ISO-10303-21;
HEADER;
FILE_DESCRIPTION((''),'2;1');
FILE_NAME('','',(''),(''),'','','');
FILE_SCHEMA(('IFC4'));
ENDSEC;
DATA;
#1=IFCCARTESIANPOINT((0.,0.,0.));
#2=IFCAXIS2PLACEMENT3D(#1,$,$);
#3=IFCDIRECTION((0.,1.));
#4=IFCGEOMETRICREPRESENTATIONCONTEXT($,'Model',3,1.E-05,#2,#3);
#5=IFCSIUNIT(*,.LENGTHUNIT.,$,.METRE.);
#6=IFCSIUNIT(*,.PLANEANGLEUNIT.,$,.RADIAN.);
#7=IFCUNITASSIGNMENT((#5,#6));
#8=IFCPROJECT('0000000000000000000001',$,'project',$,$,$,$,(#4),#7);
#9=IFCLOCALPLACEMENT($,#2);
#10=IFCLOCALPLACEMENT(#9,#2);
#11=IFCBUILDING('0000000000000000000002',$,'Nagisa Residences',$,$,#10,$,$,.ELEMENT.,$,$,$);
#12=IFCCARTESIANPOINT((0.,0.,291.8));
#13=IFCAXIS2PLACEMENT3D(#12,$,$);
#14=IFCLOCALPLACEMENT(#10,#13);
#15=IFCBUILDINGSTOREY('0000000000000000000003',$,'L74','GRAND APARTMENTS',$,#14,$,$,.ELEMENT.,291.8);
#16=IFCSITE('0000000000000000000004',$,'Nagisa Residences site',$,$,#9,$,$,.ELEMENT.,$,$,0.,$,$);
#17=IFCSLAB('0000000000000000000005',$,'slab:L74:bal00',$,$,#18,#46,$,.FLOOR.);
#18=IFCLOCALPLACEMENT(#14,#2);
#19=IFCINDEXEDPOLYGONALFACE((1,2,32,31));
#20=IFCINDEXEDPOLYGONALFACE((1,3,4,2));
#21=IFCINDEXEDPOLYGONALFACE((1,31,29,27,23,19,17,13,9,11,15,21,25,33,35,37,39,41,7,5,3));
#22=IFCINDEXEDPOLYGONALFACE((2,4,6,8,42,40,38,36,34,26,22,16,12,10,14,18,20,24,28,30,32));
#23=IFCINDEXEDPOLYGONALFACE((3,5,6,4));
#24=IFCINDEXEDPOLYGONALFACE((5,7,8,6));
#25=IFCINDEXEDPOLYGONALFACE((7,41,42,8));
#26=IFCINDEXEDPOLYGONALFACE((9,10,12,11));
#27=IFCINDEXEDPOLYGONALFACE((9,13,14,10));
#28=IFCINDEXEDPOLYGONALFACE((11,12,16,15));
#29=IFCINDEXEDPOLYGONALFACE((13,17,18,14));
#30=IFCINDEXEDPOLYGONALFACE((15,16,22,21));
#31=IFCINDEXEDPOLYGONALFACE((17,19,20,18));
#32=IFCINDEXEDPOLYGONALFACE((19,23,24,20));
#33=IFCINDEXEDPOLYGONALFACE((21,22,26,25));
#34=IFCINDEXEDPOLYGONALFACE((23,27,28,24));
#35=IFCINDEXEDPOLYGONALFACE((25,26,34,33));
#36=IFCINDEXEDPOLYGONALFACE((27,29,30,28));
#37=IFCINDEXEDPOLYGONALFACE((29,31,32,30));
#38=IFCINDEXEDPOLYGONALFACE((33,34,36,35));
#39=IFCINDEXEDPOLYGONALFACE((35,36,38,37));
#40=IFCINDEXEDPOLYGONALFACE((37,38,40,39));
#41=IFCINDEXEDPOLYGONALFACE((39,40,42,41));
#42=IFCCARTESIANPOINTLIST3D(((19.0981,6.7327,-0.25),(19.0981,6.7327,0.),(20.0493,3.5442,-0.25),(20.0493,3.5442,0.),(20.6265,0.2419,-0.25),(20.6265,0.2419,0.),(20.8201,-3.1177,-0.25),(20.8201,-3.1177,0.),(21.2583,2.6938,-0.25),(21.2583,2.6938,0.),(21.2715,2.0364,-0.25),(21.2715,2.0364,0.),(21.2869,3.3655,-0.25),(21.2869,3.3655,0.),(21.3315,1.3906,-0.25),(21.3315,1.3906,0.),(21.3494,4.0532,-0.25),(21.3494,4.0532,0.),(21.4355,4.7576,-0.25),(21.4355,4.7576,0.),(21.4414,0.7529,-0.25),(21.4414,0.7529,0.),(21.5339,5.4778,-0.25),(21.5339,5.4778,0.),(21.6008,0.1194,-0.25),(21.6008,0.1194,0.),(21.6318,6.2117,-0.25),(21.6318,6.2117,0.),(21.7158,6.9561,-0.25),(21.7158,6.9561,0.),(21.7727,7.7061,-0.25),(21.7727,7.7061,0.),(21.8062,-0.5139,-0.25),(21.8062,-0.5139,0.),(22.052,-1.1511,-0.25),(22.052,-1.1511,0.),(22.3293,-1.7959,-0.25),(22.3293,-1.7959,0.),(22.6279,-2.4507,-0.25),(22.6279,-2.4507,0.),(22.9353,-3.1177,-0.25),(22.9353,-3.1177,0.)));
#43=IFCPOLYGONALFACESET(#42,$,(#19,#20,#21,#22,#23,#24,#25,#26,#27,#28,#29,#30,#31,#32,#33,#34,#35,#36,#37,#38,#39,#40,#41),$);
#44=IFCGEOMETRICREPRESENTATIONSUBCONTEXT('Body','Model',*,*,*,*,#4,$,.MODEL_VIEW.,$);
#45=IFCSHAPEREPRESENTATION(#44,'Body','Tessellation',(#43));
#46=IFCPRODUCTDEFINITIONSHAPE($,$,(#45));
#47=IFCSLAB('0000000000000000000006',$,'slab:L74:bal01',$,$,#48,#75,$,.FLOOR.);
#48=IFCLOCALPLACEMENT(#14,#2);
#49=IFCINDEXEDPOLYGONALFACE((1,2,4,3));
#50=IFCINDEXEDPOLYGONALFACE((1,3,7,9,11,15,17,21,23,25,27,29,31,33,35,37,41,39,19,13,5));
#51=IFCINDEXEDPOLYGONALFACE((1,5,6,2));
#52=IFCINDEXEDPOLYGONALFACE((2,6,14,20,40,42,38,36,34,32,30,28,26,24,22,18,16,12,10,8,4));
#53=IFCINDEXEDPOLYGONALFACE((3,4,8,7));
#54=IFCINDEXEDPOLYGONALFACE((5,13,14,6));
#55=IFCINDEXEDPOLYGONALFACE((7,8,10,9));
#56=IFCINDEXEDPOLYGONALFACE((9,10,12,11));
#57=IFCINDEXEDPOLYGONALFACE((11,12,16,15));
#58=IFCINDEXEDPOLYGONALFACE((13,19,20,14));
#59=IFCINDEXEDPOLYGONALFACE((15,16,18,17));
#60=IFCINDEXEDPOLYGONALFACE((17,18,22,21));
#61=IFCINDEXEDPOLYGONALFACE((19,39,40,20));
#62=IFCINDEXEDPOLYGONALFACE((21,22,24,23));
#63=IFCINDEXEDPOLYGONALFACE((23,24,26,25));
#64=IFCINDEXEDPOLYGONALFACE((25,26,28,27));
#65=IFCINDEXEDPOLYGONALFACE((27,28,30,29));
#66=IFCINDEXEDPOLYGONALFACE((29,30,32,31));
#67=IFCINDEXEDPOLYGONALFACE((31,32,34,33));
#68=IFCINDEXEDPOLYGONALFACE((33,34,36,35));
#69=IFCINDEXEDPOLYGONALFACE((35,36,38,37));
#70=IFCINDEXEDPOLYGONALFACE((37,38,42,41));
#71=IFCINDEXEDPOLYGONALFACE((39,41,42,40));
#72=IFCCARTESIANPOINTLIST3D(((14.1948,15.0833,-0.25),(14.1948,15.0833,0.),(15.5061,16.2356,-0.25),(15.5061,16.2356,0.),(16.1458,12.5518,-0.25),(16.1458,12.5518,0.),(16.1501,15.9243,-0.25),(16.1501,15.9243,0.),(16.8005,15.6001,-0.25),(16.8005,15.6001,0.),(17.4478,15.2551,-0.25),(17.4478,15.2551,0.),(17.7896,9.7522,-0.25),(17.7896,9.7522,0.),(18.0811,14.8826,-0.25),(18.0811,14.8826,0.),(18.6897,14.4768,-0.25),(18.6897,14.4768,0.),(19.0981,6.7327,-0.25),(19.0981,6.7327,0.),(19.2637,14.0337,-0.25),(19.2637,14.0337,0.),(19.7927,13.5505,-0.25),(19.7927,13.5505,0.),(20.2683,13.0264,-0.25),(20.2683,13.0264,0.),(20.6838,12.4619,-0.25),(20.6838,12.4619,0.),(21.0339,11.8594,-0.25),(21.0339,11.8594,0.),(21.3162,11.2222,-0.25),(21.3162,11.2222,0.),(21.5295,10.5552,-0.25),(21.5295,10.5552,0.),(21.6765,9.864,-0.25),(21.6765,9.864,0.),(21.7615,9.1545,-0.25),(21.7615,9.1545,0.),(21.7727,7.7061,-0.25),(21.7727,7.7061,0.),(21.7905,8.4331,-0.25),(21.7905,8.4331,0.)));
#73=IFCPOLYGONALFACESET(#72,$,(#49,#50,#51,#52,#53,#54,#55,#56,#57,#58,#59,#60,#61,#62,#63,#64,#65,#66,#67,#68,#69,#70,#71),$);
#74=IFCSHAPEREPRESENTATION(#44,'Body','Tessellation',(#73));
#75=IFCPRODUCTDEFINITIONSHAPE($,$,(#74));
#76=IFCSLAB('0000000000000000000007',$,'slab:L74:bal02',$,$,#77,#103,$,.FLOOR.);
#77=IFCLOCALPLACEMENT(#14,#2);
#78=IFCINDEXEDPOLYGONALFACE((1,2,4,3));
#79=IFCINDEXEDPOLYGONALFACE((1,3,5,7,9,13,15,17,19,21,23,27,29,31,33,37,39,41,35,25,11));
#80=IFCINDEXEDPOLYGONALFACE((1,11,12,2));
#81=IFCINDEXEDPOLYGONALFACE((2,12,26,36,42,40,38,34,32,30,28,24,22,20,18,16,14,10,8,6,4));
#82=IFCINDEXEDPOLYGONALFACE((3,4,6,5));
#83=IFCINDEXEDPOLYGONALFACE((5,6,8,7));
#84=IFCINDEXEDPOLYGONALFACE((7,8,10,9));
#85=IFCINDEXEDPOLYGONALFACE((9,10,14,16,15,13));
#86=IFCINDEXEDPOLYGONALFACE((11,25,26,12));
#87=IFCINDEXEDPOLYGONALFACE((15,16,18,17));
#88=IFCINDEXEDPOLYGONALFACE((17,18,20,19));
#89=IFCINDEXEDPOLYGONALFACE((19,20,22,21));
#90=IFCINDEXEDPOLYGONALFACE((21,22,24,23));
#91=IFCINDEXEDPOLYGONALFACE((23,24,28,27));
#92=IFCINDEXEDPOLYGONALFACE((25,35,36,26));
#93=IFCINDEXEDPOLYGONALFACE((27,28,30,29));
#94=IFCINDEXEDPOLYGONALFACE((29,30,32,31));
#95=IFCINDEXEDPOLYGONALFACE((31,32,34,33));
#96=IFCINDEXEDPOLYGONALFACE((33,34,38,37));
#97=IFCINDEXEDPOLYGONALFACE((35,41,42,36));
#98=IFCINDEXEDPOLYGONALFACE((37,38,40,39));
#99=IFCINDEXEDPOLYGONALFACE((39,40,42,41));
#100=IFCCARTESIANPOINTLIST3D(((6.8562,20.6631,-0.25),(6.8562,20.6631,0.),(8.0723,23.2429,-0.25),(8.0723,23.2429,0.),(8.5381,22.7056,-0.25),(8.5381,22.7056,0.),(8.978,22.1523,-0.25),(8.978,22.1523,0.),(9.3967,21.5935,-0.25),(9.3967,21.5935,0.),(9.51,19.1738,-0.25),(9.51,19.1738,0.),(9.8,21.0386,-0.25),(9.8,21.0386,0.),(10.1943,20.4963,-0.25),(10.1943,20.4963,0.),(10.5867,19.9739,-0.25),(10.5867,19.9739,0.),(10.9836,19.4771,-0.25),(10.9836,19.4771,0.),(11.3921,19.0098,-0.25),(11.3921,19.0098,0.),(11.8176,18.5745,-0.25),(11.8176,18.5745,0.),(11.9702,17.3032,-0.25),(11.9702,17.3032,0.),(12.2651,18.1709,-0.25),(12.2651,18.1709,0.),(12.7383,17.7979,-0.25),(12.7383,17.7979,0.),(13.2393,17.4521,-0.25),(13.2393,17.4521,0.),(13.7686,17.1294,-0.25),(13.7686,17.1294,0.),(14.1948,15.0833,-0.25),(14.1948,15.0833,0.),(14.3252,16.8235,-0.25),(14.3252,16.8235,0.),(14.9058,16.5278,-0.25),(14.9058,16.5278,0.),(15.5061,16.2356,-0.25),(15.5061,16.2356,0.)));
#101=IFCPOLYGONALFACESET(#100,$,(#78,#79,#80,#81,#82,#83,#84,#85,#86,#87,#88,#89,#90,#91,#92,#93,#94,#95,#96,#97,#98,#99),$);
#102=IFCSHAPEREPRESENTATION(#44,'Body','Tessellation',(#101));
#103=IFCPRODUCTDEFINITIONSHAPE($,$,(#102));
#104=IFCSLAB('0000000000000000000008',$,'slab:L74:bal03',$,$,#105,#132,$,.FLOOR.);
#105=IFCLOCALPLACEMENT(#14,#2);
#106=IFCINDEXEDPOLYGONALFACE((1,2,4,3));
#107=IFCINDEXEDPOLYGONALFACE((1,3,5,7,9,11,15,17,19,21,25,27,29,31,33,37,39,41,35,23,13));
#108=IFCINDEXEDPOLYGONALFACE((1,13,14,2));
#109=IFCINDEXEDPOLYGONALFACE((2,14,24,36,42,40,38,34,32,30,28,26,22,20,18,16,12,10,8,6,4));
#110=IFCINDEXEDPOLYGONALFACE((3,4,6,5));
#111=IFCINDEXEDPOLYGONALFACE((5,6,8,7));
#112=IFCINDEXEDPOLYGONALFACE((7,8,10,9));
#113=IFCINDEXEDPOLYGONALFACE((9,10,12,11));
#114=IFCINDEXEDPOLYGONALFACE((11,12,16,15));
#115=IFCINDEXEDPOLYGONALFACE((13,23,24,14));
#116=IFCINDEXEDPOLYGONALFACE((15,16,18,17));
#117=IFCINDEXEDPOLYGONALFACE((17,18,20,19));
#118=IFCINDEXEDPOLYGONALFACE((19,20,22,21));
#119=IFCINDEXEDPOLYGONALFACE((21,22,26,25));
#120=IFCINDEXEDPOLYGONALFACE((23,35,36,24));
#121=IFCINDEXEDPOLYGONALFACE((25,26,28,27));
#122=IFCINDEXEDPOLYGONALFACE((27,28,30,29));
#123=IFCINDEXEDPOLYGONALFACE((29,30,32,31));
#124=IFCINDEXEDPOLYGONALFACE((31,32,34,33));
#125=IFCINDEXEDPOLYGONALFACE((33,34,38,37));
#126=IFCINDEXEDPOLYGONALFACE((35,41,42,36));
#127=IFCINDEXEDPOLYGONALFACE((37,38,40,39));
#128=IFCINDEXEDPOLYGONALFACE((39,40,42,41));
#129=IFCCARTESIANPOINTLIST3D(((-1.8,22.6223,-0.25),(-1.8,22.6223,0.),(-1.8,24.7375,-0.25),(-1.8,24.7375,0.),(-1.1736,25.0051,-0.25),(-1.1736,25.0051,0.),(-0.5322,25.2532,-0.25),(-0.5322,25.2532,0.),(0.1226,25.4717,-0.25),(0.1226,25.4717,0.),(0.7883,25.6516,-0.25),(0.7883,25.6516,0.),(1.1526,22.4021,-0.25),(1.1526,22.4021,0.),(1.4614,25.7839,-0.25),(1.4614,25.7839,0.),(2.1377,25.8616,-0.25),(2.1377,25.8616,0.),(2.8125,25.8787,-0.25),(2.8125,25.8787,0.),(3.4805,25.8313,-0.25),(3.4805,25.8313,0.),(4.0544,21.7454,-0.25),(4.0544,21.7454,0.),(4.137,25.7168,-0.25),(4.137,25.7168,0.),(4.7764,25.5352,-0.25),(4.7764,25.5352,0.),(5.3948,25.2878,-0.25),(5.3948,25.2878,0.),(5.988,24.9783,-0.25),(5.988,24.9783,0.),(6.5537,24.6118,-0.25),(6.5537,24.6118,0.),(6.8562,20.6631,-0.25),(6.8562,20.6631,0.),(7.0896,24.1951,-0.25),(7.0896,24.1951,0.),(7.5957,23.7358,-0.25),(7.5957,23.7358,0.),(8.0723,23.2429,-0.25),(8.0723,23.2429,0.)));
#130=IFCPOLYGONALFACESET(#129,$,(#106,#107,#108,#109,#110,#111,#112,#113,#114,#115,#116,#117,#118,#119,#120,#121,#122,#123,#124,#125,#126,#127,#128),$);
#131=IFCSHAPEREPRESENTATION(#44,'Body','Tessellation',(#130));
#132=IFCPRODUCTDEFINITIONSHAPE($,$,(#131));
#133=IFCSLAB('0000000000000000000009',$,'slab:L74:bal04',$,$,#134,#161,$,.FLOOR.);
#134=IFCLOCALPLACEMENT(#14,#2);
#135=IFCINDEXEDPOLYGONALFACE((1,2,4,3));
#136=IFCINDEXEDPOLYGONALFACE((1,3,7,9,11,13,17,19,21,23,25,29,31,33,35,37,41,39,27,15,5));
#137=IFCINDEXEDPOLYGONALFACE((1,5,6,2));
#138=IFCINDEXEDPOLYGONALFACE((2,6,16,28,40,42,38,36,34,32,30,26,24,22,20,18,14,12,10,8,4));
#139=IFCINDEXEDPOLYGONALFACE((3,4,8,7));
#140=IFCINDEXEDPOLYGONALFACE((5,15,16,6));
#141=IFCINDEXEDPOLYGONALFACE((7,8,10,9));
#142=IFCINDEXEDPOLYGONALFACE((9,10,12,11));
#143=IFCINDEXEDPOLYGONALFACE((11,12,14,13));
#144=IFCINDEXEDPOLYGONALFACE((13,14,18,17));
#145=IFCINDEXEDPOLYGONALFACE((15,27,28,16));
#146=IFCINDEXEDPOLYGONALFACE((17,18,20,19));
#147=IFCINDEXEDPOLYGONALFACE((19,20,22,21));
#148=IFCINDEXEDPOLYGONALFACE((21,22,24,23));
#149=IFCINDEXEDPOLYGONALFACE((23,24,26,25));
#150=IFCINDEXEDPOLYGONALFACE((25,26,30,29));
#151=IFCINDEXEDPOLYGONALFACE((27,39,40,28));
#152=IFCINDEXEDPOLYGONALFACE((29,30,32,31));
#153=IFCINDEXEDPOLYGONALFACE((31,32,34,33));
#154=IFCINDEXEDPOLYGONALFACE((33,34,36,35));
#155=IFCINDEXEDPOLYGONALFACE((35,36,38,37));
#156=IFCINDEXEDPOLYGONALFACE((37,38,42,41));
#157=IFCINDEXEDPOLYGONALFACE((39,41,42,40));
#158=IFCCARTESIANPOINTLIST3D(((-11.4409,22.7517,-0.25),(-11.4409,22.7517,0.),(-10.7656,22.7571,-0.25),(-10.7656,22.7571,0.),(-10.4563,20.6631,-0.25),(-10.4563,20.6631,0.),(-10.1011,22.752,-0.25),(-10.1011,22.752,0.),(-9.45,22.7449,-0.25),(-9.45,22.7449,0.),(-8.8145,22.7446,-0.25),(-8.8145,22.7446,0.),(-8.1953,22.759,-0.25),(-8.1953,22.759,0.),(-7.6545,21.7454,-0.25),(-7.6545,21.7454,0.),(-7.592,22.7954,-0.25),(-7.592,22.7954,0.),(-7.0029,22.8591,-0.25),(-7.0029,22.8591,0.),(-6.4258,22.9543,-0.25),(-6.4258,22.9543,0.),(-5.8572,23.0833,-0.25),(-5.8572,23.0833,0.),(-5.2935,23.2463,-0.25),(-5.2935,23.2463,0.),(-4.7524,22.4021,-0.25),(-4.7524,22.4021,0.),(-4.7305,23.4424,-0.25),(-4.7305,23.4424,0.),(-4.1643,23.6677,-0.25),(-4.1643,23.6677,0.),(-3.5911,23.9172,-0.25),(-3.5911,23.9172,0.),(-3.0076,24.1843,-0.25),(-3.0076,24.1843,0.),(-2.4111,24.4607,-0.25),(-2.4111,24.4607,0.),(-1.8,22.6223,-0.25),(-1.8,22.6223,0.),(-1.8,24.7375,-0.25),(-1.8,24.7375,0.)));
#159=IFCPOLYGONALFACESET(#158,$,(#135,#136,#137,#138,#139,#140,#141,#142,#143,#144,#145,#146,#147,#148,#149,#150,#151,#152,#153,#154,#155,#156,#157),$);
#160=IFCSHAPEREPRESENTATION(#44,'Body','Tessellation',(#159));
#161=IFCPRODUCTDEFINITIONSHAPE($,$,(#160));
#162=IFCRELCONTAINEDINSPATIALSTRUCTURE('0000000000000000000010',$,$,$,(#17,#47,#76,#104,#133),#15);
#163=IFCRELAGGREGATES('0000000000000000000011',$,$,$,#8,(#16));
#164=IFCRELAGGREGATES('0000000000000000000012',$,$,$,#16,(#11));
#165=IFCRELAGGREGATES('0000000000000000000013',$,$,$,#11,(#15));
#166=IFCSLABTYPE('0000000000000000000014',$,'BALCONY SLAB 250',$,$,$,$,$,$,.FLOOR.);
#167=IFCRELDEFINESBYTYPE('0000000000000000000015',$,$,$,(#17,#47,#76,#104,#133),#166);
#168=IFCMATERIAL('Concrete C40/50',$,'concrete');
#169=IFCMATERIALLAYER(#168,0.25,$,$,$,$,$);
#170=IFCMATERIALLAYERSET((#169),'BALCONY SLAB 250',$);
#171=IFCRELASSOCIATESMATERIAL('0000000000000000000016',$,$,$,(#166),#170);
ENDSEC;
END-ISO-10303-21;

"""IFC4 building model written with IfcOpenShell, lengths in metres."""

from ifc_helpers import new_model, si_unit, direction, frame, origin, place, context, subcontext, project, spatial, polyline, outline, extrude, material, layer, layer_set, type_object, element, save


model = new_model("IFC4")

# Units and contexts
model_context = context("Model", 3, precision=1e-05, world=origin(), true_north=direction((0.0, 1.0)))
body_context = subcontext(model_context, "Body", "Model", "MODEL_VIEW")
ifc_project = project(units=[si_unit("LENGTHUNIT", "METRE"), si_unit("PLANEANGLEUNIT", "RADIAN")], contexts=[model_context])

# Site, building, storey
site_placement = place(None, origin())
site = spatial("IfcSite", under=ifc_project, at=site_placement, Name="Nagisa Residences site", CompositionType="ELEMENT", RefElevation=0.0)
building_placement = place(site_placement, origin())
building = spatial("IfcBuilding", under=site, at=building_placement, Name="Nagisa Residences", CompositionType="ELEMENT")
storey_placement = place(building_placement, frame((0.0, 0.0, 291.8)))
storey = spatial("IfcBuildingStorey", under=building, at=storey_placement, Name="L74", Description="GRAND APARTMENTS", CompositionType="ELEMENT", Elevation=291.8)

# Slabs
ifc_material_1 = material(Name="Concrete C40/50", Category="concrete")
ifc_layer_1 = layer(ifc_material_1, 0.25)
ifc_layer_set_1 = layer_set([ifc_layer_1], Name="BALCONY SLAB 250")
slab_type_1 = type_object("IfcSlabType", Name="BALCONY SLAB 250", PredefinedType="FLOOR", material=ifc_layer_set_1)
slab_1_placement = place(storey_placement, frame((0.0, 0.0, -0.25)))
element("IfcSlab", 1, at=slab_1_placement, inside=storey, type_object=slab_type_1, Name="slab:L74:bal00", PredefinedType="FLOOR", context=body_context, shape_type="SweptSolid", body=[
    extrude(outline(polyline([(22.9353, -3.1177), (22.6279, -2.4507), (22.3293, -1.7959), (22.052, -1.1511), (21.8062, -0.5139), (21.6008, 0.1194), (21.4414, 0.7529), (21.3315, 1.3906), (21.2715, 2.0364), (21.2583, 2.6938), (21.2869, 3.3655), (21.3494, 4.0532), (21.4355, 4.7576), (21.5339, 5.4778), (21.6318, 6.2117), (21.7158, 6.9561), (21.7727, 7.7061), (19.0981, 6.7327), (20.0493, 3.5442), (20.6265, 0.2419), (20.8201, -3.1177), (22.9353, -3.1177)])), origin(), (0.0, 0.0, 1.0), 0.25),
])
slab_2_placement = place(storey_placement, frame((0.0, 0.0, -0.25)))
element("IfcSlab", 2, at=slab_2_placement, inside=storey, type_object=slab_type_1, Name="slab:L74:bal01", PredefinedType="FLOOR", context=body_context, shape_type="SweptSolid", body=[
    extrude(outline(polyline([(21.7727, 7.7061), (21.7905, 8.4331), (21.7615, 9.1545), (21.6765, 9.864), (21.5295, 10.5552), (21.3162, 11.2222), (21.0339, 11.8594), (20.6838, 12.4619), (20.2683, 13.0264), (19.7927, 13.5505), (19.2637, 14.0337), (18.6897, 14.4768), (18.0811, 14.8826), (17.4478, 15.2551), (16.8005, 15.6001), (16.1501, 15.9243), (15.5061, 16.2356), (14.1948, 15.0833), (16.1458, 12.5518), (17.7896, 9.7522), (19.0981, 6.7327), (21.7727, 7.7061)])), origin(), (0.0, 0.0, 1.0), 0.25),
])
slab_3_placement = place(storey_placement, frame((0.0, 0.0, -0.25)))
element("IfcSlab", 3, at=slab_3_placement, inside=storey, type_object=slab_type_1, Name="slab:L74:bal02", PredefinedType="FLOOR", context=body_context, shape_type="SweptSolid", body=[
    extrude(outline(polyline([(15.5061, 16.2356), (14.9058, 16.5278), (14.3252, 16.8235), (13.7686, 17.1294), (13.2393, 17.4521), (12.7383, 17.7979), (12.2651, 18.1709), (11.8176, 18.5745), (11.3921, 19.0098), (10.9836, 19.4771), (10.5867, 19.9739), (10.1943, 20.4963), (9.8, 21.0386), (9.3967, 21.5935), (8.978, 22.1523), (8.5381, 22.7056), (8.0723, 23.2429), (6.8562, 20.6631), (9.51, 19.1738), (11.9702, 17.3032), (14.1948, 15.0833), (15.5061, 16.2356)])), origin(), (0.0, 0.0, 1.0), 0.25),
])
slab_4_placement = place(storey_placement, frame((0.0, 0.0, -0.25)))
element("IfcSlab", 4, at=slab_4_placement, inside=storey, type_object=slab_type_1, Name="slab:L74:bal03", PredefinedType="FLOOR", context=body_context, shape_type="SweptSolid", body=[
    extrude(outline(polyline([(8.0723, 23.2429), (7.5957, 23.7358), (7.0896, 24.1951), (6.5537, 24.6118), (5.988, 24.9783), (5.3948, 25.2878), (4.7764, 25.5352), (4.137, 25.7168), (3.4805, 25.8313), (2.8125, 25.8787), (2.1377, 25.8616), (1.4614, 25.7839), (0.7883, 25.6516), (0.1226, 25.4717), (-0.5322, 25.2532), (-1.1736, 25.0051), (-1.8, 24.7375), (-1.8, 22.6223), (1.1526, 22.4021), (4.0544, 21.7454), (6.8562, 20.6631), (8.0723, 23.2429)])), origin(), (0.0, 0.0, 1.0), 0.25),
])
slab_5_placement = place(storey_placement, frame((0.0, 0.0, -0.25)))
element("IfcSlab", 5, at=slab_5_placement, inside=storey, type_object=slab_type_1, Name="slab:L74:bal04", PredefinedType="FLOOR", context=body_context, shape_type="SweptSolid", body=[
    extrude(outline(polyline([(-1.8, 24.7375), (-2.4111, 24.4607), (-3.0076, 24.1843), (-3.5911, 23.9172), (-4.1643, 23.6677), (-4.7305, 23.4424), (-5.2935, 23.2463), (-5.8572, 23.0833), (-6.4258, 22.9543), (-7.0029, 22.8591), (-7.592, 22.7954), (-8.1953, 22.759), (-8.8145, 22.7446), (-9.45, 22.7449), (-10.1011, 22.752), (-10.7656, 22.7571), (-11.4409, 22.7517), (-10.4563, 20.6631), (-7.6545, 21.7454), (-4.7524, 22.4021), (-1.8, 22.6223), (-1.8, 24.7375)])), origin(), (0.0, 0.0, 1.0), 0.25),
])

save(model, "model.ifc")
